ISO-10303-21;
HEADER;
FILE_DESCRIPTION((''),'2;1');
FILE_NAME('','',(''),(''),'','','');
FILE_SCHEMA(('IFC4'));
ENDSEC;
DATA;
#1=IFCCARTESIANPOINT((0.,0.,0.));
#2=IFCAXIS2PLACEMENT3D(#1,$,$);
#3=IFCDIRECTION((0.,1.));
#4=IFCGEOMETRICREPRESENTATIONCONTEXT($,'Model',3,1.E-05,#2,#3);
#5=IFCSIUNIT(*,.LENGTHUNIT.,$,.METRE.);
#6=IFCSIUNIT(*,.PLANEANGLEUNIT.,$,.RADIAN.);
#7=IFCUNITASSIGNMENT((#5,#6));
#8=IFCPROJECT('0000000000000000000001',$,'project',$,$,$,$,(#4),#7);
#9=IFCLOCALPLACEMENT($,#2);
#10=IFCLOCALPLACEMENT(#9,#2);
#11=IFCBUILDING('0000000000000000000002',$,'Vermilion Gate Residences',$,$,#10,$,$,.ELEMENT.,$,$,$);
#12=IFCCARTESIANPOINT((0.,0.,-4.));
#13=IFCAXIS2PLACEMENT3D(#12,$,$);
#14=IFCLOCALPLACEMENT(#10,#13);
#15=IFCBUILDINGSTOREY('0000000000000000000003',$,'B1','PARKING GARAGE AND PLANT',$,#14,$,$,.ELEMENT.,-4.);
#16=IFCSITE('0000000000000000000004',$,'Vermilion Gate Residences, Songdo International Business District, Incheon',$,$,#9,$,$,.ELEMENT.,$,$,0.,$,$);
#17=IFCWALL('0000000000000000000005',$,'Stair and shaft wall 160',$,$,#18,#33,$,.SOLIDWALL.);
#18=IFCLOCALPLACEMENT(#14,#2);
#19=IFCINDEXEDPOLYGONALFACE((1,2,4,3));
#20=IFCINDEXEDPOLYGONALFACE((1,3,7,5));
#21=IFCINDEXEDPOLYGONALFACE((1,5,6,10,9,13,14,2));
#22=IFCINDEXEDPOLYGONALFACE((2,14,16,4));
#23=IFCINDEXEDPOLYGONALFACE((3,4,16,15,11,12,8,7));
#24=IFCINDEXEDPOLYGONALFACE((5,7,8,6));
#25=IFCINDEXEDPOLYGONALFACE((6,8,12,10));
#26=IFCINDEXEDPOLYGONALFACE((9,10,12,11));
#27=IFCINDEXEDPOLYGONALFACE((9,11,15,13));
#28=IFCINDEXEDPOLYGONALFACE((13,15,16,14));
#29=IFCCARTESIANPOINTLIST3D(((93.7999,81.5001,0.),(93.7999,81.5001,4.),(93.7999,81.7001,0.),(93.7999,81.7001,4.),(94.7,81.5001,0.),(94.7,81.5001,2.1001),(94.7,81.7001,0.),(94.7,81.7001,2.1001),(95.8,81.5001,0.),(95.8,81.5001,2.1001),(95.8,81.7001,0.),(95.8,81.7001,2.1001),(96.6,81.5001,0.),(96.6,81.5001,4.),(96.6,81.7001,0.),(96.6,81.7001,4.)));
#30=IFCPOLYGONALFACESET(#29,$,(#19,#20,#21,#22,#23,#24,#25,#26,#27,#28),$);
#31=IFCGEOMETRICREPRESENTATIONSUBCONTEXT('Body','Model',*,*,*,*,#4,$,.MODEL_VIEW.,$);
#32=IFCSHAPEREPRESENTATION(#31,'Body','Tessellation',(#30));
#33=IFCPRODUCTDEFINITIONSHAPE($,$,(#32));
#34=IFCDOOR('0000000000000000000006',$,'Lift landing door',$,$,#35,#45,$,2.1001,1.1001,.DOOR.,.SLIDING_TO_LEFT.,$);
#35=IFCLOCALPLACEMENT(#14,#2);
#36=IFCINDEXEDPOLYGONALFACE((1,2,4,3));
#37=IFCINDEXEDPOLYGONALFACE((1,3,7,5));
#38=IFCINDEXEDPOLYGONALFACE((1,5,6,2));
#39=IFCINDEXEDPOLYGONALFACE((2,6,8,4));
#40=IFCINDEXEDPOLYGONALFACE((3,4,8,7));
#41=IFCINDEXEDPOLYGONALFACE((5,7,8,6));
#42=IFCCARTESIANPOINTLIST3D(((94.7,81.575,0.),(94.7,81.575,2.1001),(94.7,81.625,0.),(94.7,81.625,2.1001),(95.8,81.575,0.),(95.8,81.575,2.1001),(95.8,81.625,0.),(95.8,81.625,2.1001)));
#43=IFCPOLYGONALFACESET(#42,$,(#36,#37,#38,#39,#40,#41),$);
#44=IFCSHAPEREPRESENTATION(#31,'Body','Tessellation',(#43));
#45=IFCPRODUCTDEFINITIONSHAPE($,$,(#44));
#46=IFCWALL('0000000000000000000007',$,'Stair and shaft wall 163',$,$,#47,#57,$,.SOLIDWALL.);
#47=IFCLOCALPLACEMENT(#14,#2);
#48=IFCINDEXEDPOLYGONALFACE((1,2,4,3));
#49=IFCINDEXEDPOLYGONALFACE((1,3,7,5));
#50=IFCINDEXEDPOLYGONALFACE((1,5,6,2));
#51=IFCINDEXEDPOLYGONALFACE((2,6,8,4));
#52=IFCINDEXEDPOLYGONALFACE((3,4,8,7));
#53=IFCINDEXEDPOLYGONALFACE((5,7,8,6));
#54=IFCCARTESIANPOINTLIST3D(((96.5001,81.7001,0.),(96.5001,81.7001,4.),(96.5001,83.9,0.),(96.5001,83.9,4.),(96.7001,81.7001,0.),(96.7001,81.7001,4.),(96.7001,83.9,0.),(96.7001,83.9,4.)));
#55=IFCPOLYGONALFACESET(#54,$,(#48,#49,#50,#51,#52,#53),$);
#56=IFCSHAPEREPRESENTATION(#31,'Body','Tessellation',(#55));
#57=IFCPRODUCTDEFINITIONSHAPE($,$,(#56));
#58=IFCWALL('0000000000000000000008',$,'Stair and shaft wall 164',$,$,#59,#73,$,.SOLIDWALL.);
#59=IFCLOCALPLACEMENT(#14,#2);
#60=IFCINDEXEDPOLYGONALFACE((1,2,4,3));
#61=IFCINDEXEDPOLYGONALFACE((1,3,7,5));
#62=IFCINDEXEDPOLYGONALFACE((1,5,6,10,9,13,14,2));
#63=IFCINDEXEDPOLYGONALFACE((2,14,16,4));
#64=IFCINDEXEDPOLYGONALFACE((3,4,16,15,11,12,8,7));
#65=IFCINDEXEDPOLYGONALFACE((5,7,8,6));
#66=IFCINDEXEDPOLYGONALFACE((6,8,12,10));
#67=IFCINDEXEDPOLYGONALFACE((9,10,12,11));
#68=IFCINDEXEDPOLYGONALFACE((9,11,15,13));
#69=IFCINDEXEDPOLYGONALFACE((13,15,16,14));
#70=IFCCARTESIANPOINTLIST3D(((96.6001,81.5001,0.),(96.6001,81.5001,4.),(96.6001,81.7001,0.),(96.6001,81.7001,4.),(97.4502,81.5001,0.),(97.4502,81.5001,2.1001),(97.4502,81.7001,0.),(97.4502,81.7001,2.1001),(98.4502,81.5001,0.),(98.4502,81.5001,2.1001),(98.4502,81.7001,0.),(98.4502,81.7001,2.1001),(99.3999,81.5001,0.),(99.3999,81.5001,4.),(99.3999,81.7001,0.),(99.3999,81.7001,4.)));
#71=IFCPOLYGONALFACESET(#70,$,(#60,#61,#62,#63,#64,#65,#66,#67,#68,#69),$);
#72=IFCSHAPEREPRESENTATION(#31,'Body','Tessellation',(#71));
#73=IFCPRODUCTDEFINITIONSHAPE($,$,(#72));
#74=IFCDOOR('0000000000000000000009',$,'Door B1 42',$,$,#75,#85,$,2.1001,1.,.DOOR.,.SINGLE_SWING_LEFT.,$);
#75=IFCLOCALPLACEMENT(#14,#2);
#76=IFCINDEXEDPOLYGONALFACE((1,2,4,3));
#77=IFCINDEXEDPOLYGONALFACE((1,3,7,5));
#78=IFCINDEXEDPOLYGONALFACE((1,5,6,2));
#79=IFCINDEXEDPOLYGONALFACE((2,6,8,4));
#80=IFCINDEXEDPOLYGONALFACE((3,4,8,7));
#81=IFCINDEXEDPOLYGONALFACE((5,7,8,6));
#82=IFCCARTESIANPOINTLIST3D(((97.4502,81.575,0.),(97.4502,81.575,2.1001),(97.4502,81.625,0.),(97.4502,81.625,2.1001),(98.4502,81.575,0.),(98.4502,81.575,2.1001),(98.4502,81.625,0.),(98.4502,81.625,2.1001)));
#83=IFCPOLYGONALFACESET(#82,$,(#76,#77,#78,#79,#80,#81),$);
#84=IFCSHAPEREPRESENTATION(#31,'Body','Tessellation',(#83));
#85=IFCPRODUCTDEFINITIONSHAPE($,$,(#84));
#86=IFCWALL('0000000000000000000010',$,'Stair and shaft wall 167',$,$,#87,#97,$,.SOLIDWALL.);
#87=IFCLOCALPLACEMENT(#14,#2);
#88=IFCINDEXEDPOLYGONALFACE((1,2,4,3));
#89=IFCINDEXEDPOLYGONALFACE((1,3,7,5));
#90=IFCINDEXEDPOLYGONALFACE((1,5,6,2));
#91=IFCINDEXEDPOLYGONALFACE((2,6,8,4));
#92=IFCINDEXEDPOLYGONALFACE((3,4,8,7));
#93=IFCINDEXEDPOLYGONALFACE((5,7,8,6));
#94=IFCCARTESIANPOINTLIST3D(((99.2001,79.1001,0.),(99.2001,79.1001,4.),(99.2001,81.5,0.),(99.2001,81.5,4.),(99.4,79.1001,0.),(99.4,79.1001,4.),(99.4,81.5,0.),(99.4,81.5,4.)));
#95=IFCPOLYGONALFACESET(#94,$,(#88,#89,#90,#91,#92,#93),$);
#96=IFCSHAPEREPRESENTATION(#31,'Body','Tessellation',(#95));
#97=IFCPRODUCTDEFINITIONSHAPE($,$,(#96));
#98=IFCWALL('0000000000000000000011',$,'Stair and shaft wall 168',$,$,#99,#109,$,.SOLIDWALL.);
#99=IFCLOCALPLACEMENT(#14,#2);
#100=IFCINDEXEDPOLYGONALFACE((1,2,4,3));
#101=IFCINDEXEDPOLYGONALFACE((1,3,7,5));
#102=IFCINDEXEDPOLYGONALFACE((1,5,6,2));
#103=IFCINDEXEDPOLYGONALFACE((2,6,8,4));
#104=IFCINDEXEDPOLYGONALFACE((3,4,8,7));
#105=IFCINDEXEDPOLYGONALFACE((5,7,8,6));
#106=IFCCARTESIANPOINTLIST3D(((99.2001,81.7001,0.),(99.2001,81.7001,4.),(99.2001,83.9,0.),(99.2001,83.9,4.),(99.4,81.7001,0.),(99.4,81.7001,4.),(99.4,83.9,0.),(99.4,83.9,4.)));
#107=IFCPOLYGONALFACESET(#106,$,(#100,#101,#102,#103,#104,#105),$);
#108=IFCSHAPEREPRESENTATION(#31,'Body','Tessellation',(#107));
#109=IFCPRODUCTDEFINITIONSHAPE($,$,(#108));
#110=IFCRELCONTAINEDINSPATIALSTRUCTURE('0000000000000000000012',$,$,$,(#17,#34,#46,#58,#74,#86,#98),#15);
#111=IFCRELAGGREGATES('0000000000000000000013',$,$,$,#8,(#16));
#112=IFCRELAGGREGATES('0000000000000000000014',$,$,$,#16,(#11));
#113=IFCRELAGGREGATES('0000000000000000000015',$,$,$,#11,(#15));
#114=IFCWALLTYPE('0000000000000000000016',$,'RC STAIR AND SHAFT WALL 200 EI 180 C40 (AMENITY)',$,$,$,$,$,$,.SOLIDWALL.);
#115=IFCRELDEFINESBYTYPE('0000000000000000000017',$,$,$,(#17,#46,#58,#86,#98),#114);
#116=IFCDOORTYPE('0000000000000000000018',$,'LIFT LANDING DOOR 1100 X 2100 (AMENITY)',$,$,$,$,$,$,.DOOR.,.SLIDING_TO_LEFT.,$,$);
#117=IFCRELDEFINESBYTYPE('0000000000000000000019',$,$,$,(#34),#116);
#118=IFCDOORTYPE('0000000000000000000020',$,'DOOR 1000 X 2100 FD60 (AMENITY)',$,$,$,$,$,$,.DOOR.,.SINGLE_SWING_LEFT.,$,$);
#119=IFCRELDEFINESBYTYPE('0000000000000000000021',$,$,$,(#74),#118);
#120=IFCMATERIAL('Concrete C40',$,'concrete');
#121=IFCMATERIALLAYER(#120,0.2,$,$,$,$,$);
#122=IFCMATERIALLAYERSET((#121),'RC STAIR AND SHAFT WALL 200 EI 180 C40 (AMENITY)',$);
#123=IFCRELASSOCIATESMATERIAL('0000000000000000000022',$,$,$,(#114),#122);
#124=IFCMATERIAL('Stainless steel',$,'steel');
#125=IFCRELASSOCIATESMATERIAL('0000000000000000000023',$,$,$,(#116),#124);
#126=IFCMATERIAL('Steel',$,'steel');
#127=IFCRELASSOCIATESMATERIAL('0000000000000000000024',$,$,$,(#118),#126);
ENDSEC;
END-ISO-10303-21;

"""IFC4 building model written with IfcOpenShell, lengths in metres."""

from ifc_helpers import new_model, si_unit, direction, frame, frame_2d, origin, place, context, subcontext, project, spatial, rectangle, extrude, material, layer, layer_set, type_object, element, fill, save


model = new_model("IFC4")

# Units and contexts
model_context = context("Model", 3, precision=1e-05, world=origin(), true_north=direction((0.0, 1.0)))
body_context = subcontext(model_context, "Body", "Model", "MODEL_VIEW")
ifc_project = project(units=[si_unit("LENGTHUNIT", "METRE"), si_unit("PLANEANGLEUNIT", "RADIAN")], contexts=[model_context])

# Site, building, storey
site_placement = place(None, origin())
site = spatial("IfcSite", under=ifc_project, at=site_placement, Name="Vermilion Gate Residences, Songdo International Business District, Incheon", CompositionType="ELEMENT", RefElevation=0.0)
building_placement = place(site_placement, origin())
building = spatial("IfcBuilding", under=site, at=building_placement, Name="Vermilion Gate Residences", CompositionType="ELEMENT")
storey_placement = place(building_placement, frame((0.0, 0.0, -4.0)))
storey = spatial("IfcBuildingStorey", under=building, at=storey_placement, Name="B1", Description="PARKING GARAGE AND PLANT", CompositionType="ELEMENT", Elevation=-4.0)

# Shared definitions
ifc_material_1 = material(Name="Concrete C40", Category="concrete")
ifc_layer_1 = layer(ifc_material_1, 0.2)
ifc_layer_set_1 = layer_set([ifc_layer_1], Name="RC STAIR AND SHAFT WALL 200 EI 180 C40 (AMENITY)")
wall_type_1 = type_object("IfcWallType", Name="RC STAIR AND SHAFT WALL 200 EI 180 C40 (AMENITY)", PredefinedType="SOLIDWALL", material=ifc_layer_set_1)

# Wall, opening, door
wall_1_placement = place(storey_placement, frame((93.8, 81.6001, 0.0), z_axis=(0.0, 0.0, 1.0), x_axis=(1.0, 0.0, 0.0)))
wall_1 = element("IfcWall", 1, at=wall_1_placement, inside=storey, type_object=wall_type_1, Name="Stair and shaft wall 160", PredefinedType="SOLIDWALL", context=body_context, shape_type="SweptSolid", body=[
    extrude(rectangle(XDim=2.8, YDim=0.2, at=frame_2d((1.3999, 0.0))), origin(), (0.0, 0.0, 1.0), 4.0),
])
opening_1_placement = place(wall_1_placement, frame((0.8999, 0.0, 0.0)))
opening_1 = element("IfcOpeningElement", 2, at=opening_1_placement, cuts=wall_1, PredefinedType="OPENING", context=body_context, shape_type="SweptSolid", body=[
    extrude(rectangle(XDim=1.1001, YDim=2.1001, at=frame_2d((0.55, 1.05))), frame((0.0, 0.1099, 0.0), z_axis=(0.0, -1.0, 0.0), x_axis=(1.0, 0.0, 0.0)), (0.0, 0.0, 1.0), 0.22),
])
ifc_material_2 = material(Name="Stainless steel", Category="steel")
door_type_1 = type_object("IfcDoorType", Name="LIFT LANDING DOOR 1100 X 2100 (AMENITY)", OperationType="SLIDING_TO_LEFT", PredefinedType="DOOR", material=ifc_material_2)
door_1_placement = place(opening_1_placement, origin())
door_1 = element("IfcDoor", 3, at=door_1_placement, inside=storey, type_object=door_type_1, Name="Lift landing door", OperationType="SLIDING_TO_LEFT", OverallHeight=2.1001, OverallWidth=1.1001, PredefinedType="DOOR", context=body_context, shape_type="SweptSolid", body=[
    extrude(rectangle(XDim=1.1001, YDim=2.1001, at=frame_2d((0.55, 1.05))), frame((0.0, 0.0249, 0.0), z_axis=(0.0, -1.0, 0.0), x_axis=(1.0, 0.0, 0.0)), (0.0, 0.0, 1.0), 0.05),
])
fill(opening_1, door_1)

# Wall
wall_2_placement = place(storey_placement, frame((96.6001, 81.7, 0.0), z_axis=(0.0, 0.0, 1.0), x_axis=(0.0, 1.0, 0.0)))
element("IfcWall", 4, at=wall_2_placement, inside=storey, type_object=wall_type_1, Name="Stair and shaft wall 163", PredefinedType="SOLIDWALL", context=body_context, shape_type="SweptSolid", body=[
    extrude(rectangle(XDim=2.2, YDim=0.2, at=frame_2d((1.1001, 0.0))), origin(), (0.0, 0.0, 1.0), 4.0),
])

# Wall, opening, door
wall_3_placement = place(storey_placement, frame((96.6001, 81.6001, 0.0), z_axis=(0.0, 0.0, 1.0), x_axis=(1.0, 0.0, 0.0)))
wall_3 = element("IfcWall", 5, at=wall_3_placement, inside=storey, type_object=wall_type_1, Name="Stair and shaft wall 164", PredefinedType="SOLIDWALL", context=body_context, shape_type="SweptSolid", body=[
    extrude(rectangle(XDim=2.7998, YDim=0.2, at=frame_2d((1.3999, 0.0))), origin(), (0.0, 0.0, 1.0), 4.0),
])
opening_2_placement = place(wall_3_placement, frame((0.8501, 0.0, 0.0)))
opening_2 = element("IfcOpeningElement", 6, at=opening_2_placement, cuts=wall_3, PredefinedType="OPENING", context=body_context, shape_type="SweptSolid", body=[
    extrude(rectangle(XDim=1.0, YDim=2.1001, at=frame_2d((0.5, 1.05))), frame((0.0, 0.1099, 0.0), z_axis=(0.0, -1.0, 0.0), x_axis=(1.0, 0.0, 0.0)), (0.0, 0.0, 1.0), 0.22),
])
ifc_material_3 = material(Name="Steel", Category="steel")
door_type_2 = type_object("IfcDoorType", Name="DOOR 1000 X 2100 FD60 (AMENITY)", OperationType="SINGLE_SWING_LEFT", PredefinedType="DOOR", material=ifc_material_3)
door_2_placement = place(opening_2_placement, origin())
door_2 = element("IfcDoor", 7, at=door_2_placement, inside=storey, type_object=door_type_2, Name="Door B1 42", OperationType="SINGLE_SWING_LEFT", OverallHeight=2.1001, OverallWidth=1.0, PredefinedType="DOOR", context=body_context, shape_type="SweptSolid", body=[
    extrude(rectangle(XDim=1.0, YDim=2.1001, at=frame_2d((0.5, 1.05))), frame((0.0, 0.0249, 0.0), z_axis=(0.0, -1.0, 0.0), x_axis=(1.0, 0.0, 0.0)), (0.0, 0.0, 1.0), 0.05),
])
fill(opening_2, door_2)

# Walls
wall_4_placement = place(storey_placement, frame((99.3, 79.1001, 0.0), z_axis=(0.0, 0.0, 1.0), x_axis=(0.0, 1.0, 0.0)))
element("IfcWall", 8, at=wall_4_placement, inside=storey, type_object=wall_type_1, Name="Stair and shaft wall 167", PredefinedType="SOLIDWALL", context=body_context, shape_type="SweptSolid", body=[
    extrude(rectangle(XDim=2.3999, YDim=0.2, at=frame_2d((1.2, 0.0))), origin(), (0.0, 0.0, 1.0), 4.0),
])
wall_5_placement = place(storey_placement, frame((99.3, 81.7, 0.0), z_axis=(0.0, 0.0, 1.0), x_axis=(0.0, 1.0, 0.0)))
element("IfcWall", 9, at=wall_5_placement, inside=storey, type_object=wall_type_1, Name="Stair and shaft wall 168", PredefinedType="SOLIDWALL", context=body_context, shape_type="SweptSolid", body=[
    extrude(rectangle(XDim=2.2, YDim=0.2, at=frame_2d((1.1001, 0.0))), origin(), (0.0, 0.0, 1.0), 4.0),
])

save(model, "model.ifc")
